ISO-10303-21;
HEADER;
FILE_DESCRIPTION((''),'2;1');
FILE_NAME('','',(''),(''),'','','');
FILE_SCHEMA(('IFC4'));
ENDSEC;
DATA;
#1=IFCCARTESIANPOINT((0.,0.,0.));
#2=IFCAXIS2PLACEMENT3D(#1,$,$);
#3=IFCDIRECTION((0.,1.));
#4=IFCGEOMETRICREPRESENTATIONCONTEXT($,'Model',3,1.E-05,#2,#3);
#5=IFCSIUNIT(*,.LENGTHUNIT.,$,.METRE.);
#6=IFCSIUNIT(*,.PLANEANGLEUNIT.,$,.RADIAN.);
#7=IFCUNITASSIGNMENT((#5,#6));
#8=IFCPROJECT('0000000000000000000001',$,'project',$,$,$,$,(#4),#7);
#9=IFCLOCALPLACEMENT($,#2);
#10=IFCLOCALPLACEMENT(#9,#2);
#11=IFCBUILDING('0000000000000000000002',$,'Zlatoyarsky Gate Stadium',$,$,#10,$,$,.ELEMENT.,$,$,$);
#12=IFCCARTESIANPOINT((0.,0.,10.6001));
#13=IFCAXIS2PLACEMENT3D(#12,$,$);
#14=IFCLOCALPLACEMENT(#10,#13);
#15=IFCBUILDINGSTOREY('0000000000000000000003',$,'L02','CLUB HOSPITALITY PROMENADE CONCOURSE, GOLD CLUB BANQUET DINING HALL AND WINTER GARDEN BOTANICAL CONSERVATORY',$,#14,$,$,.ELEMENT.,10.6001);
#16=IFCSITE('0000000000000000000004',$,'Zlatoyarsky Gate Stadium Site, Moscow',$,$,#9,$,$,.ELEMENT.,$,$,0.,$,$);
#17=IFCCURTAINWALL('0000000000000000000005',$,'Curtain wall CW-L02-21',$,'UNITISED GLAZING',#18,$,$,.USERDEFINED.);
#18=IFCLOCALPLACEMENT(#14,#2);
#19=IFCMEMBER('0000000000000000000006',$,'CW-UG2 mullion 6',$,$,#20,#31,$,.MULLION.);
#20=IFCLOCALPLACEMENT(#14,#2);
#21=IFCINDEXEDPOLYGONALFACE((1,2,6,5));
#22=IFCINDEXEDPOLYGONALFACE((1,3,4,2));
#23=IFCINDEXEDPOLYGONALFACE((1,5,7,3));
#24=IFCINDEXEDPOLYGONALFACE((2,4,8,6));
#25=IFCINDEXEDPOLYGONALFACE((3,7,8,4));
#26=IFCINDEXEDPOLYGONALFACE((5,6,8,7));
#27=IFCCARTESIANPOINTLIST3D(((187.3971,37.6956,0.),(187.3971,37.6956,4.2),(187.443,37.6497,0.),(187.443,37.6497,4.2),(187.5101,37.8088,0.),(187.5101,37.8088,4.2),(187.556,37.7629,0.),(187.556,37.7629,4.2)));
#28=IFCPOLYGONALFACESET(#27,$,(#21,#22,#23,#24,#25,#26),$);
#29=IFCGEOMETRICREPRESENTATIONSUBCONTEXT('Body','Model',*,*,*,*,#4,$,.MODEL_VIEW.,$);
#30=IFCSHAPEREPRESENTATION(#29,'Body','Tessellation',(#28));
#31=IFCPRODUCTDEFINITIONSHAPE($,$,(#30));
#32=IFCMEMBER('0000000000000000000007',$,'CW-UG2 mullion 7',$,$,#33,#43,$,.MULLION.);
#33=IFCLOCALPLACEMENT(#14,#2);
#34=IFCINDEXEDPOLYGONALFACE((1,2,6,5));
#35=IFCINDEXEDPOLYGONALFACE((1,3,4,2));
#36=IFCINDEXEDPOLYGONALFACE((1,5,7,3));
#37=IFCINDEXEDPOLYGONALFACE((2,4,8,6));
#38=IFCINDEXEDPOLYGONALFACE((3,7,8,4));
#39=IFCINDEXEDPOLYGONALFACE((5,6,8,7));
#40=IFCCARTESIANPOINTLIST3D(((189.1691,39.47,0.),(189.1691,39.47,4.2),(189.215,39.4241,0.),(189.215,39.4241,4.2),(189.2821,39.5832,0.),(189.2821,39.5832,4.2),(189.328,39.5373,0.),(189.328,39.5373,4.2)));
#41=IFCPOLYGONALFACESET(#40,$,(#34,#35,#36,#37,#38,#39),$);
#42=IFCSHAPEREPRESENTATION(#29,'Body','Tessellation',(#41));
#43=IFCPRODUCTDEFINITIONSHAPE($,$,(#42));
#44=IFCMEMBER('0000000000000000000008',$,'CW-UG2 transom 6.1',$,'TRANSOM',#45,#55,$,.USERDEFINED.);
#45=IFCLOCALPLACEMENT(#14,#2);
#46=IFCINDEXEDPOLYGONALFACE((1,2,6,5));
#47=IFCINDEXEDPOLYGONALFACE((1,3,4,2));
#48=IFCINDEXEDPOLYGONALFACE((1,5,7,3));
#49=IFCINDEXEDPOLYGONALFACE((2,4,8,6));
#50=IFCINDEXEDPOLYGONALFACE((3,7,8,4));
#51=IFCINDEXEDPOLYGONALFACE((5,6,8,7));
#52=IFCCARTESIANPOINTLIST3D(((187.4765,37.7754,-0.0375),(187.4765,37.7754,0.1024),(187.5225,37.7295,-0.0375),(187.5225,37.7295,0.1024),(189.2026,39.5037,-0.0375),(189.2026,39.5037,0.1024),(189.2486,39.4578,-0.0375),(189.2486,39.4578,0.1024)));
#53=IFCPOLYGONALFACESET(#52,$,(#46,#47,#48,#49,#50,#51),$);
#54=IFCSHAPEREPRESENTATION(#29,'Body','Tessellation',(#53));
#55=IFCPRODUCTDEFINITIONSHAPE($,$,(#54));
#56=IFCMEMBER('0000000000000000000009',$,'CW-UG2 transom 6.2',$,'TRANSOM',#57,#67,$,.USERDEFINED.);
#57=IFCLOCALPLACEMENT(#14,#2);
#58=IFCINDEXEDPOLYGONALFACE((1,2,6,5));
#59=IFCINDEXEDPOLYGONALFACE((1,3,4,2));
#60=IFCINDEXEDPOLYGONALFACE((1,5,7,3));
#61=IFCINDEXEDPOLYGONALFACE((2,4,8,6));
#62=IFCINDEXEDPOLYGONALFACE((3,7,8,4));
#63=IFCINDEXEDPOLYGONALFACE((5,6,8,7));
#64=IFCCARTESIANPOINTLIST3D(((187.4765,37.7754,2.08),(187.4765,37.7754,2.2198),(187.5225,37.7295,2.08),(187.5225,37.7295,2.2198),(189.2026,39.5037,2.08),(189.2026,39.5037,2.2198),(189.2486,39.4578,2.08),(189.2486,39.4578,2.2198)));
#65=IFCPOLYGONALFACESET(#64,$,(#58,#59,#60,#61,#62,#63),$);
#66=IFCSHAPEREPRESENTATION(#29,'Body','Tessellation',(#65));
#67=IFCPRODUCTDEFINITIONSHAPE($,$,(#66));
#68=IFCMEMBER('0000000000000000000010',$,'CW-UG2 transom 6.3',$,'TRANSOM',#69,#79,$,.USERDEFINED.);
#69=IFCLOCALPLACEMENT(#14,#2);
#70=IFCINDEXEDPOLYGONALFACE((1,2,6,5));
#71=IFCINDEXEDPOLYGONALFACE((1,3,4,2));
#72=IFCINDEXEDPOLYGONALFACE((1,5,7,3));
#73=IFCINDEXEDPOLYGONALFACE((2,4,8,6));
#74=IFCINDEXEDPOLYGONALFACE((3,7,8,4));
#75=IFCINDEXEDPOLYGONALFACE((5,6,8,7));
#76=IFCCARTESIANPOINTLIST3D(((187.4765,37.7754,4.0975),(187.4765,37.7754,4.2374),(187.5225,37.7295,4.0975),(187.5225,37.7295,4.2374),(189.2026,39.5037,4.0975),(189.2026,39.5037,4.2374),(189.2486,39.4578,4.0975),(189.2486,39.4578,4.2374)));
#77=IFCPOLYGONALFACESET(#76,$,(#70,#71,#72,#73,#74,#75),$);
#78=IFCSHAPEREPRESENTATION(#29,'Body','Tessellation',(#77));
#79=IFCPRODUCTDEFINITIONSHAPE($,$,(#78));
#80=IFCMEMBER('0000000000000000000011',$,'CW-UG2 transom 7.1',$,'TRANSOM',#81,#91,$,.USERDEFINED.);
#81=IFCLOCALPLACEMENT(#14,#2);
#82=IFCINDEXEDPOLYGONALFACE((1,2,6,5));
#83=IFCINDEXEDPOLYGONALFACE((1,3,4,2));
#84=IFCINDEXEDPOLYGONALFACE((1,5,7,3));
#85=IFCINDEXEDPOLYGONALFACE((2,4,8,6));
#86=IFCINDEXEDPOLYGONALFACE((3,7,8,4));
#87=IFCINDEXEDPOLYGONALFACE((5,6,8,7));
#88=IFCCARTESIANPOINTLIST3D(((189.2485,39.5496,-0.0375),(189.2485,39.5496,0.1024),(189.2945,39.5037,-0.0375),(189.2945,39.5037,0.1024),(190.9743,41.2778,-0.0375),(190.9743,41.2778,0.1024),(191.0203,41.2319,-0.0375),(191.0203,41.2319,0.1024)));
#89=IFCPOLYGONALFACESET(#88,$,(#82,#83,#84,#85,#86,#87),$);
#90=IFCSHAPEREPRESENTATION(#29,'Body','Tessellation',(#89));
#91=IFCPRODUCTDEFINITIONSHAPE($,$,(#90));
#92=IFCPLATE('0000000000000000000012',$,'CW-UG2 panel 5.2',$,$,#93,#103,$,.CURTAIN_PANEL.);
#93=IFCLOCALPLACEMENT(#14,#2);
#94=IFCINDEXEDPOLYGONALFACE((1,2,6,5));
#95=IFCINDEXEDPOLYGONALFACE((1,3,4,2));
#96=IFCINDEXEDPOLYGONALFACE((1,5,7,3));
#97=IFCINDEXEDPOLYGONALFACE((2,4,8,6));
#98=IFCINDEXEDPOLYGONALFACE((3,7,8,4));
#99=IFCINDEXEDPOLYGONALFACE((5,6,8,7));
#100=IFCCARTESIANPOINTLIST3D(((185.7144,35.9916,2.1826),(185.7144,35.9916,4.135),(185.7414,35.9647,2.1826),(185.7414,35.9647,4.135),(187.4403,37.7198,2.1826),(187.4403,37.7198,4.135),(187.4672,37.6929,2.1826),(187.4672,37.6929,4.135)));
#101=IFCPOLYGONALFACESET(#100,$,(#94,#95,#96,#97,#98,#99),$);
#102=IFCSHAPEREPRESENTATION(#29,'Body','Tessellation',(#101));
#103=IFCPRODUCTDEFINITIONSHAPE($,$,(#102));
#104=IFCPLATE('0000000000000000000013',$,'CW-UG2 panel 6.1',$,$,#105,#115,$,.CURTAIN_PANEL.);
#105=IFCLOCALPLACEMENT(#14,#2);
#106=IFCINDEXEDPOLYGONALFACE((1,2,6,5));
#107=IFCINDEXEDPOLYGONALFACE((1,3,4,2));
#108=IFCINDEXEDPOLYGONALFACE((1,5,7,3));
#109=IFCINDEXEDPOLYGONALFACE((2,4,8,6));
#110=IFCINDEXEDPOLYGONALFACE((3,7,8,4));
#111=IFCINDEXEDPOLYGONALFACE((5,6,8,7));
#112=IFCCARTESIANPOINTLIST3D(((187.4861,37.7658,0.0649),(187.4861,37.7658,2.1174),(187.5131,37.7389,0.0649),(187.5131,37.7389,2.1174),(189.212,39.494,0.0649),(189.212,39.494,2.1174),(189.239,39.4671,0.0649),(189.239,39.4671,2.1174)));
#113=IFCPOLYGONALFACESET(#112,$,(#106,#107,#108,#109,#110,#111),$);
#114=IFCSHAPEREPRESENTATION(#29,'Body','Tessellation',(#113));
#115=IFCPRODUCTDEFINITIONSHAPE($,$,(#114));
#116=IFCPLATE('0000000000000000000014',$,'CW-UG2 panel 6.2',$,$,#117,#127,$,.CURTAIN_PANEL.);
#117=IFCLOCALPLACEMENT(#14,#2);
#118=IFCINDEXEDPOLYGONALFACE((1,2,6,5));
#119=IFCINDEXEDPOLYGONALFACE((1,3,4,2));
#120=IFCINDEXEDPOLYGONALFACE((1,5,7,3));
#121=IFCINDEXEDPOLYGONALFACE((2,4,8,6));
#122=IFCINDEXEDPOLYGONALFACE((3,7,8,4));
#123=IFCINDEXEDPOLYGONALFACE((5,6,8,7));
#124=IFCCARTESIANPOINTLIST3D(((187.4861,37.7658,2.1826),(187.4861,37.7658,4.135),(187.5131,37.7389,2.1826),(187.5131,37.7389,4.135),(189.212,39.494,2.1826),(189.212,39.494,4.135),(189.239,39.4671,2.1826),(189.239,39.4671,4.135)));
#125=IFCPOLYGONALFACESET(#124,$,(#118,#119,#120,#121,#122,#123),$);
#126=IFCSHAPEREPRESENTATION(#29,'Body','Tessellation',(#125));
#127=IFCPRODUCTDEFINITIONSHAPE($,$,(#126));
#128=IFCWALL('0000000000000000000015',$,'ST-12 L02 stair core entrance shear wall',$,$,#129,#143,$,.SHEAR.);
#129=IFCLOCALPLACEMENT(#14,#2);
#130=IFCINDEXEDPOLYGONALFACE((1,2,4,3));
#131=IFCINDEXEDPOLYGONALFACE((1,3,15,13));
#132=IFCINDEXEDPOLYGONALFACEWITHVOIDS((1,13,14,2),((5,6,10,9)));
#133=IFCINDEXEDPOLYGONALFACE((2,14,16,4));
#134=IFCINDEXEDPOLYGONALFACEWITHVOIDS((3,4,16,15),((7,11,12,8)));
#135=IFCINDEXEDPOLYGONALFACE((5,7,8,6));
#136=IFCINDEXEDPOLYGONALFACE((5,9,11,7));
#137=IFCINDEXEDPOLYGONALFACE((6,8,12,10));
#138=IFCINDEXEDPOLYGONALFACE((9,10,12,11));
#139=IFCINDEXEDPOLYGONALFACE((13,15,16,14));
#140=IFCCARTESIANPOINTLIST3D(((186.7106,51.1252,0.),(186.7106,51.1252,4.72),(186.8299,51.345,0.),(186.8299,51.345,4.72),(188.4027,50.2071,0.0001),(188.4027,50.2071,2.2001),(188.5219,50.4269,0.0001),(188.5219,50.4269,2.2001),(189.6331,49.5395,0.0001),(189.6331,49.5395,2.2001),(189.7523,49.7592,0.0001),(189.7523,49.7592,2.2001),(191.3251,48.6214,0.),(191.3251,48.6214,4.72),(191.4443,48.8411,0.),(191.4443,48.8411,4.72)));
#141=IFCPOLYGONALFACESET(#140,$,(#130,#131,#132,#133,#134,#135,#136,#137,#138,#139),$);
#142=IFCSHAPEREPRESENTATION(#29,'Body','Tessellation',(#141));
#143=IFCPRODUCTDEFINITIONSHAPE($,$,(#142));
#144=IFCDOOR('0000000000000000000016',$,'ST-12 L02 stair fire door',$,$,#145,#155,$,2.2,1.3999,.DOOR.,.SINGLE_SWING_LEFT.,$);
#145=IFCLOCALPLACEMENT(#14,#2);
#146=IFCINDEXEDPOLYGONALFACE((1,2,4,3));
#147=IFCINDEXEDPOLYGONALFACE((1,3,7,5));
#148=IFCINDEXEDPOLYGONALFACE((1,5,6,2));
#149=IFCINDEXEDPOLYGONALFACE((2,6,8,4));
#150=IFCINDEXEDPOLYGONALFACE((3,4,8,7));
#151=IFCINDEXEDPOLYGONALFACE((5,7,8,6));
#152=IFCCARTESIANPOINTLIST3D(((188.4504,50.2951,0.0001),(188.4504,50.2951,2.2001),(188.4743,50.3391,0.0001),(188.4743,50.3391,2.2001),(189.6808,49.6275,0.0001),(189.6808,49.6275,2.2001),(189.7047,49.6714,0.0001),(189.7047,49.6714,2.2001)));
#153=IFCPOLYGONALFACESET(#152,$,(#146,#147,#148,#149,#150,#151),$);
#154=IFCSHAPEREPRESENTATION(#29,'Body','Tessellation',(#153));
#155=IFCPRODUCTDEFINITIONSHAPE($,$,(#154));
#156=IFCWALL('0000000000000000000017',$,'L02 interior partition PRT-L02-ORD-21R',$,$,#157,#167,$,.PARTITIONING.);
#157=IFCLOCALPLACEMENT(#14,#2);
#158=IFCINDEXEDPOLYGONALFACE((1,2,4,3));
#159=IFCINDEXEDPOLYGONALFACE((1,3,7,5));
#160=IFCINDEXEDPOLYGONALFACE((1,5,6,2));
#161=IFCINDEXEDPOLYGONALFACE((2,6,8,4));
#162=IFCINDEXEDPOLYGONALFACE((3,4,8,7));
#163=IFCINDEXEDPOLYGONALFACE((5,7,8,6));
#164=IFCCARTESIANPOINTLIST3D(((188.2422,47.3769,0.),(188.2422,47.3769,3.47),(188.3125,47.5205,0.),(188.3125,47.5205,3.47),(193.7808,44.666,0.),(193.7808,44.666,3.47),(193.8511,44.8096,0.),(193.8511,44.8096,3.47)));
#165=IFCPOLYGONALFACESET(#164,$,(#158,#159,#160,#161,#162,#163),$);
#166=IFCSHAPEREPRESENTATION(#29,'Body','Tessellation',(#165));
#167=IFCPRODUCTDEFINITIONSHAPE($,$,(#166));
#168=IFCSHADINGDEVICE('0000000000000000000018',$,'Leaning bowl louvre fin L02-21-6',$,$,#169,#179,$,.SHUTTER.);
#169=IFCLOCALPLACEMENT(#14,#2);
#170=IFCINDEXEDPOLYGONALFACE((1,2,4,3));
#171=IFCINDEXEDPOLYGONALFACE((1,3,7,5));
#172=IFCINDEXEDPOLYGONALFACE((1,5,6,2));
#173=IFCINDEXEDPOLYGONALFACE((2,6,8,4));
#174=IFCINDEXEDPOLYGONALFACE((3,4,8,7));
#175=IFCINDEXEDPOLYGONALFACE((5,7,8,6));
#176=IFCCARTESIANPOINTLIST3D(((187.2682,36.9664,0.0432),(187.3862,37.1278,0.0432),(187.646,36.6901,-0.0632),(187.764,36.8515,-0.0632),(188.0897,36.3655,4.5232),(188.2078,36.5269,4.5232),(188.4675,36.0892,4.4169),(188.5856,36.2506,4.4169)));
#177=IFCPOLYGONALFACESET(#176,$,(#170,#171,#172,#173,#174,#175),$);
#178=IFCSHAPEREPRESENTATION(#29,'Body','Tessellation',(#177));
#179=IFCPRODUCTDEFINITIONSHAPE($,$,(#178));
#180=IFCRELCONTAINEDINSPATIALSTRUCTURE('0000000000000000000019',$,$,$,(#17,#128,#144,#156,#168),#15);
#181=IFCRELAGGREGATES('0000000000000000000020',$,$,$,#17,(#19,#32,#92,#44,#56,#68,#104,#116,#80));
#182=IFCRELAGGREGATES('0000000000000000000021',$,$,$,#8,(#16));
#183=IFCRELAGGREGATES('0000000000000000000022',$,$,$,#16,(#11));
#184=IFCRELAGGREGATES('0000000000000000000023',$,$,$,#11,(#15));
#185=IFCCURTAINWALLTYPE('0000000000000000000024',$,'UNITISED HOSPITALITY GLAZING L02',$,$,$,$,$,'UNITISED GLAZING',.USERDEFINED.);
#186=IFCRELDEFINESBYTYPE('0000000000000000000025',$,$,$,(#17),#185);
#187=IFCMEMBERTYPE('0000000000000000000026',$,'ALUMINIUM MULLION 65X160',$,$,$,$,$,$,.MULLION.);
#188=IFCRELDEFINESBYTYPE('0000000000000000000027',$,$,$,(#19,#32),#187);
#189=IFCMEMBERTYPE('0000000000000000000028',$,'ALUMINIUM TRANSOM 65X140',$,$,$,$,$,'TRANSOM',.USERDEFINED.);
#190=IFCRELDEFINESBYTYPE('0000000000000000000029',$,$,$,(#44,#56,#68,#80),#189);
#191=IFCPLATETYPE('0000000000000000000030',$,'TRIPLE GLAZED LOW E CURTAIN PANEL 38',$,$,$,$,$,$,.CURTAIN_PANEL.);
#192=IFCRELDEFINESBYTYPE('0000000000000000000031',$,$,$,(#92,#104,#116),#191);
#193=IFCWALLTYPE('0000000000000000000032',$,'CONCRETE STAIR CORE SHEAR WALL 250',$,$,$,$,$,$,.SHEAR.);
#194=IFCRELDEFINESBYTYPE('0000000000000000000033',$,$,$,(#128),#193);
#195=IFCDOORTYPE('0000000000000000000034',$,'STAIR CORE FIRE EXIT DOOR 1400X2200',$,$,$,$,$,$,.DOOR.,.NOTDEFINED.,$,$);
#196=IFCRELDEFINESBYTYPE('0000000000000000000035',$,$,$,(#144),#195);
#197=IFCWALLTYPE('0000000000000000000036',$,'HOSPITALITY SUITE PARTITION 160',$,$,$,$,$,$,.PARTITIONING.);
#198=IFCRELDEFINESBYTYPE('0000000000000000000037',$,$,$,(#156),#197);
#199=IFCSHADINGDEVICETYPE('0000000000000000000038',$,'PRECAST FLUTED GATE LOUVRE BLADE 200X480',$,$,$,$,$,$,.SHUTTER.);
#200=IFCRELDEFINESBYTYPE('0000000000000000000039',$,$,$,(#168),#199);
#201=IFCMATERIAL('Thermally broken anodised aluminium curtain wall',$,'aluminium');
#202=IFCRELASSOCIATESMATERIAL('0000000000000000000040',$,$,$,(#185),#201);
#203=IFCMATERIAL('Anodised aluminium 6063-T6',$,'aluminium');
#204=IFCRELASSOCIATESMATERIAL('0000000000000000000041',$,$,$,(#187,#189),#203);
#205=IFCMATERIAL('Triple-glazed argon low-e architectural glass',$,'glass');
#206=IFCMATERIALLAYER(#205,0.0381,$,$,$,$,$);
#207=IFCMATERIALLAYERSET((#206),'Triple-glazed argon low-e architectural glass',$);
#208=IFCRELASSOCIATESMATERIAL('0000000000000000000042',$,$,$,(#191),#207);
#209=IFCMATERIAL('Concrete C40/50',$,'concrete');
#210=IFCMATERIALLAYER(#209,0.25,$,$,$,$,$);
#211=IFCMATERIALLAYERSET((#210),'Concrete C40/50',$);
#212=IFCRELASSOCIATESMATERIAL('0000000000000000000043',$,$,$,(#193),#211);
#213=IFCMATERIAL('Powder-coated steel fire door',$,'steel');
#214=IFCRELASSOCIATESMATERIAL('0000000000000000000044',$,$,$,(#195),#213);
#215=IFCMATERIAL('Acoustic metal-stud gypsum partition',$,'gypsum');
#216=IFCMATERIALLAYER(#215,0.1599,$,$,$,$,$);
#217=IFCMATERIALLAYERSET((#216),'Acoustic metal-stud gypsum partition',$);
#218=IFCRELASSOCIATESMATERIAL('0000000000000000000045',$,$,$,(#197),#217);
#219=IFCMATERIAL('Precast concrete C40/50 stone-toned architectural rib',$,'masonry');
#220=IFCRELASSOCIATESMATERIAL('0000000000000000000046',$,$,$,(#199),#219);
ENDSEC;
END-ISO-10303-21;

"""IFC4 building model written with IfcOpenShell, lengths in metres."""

from ifc_helpers import new_model, si_unit, direction, frame, frame_2d, origin, origin_2d, place, context, subcontext, project, spatial, rectangle, extrude, material, layer, layer_set, material_profile, profile_set, type_object, element, fill, aggregate, save


model = new_model("IFC4")

# Units and contexts
model_context = context("Model", 3, precision=1e-05, world=origin(), true_north=direction((0.0, 1.0)))
body_context = subcontext(model_context, "Body", "Model", "MODEL_VIEW")
ifc_project = project(units=[si_unit("LENGTHUNIT", "METRE"), si_unit("PLANEANGLEUNIT", "RADIAN")], contexts=[model_context])

# Site, building, storey
site_placement = place(None, origin())
site = spatial("IfcSite", under=ifc_project, at=site_placement, Name="Zlatoyarsky Gate Stadium Site, Moscow", CompositionType="ELEMENT", RefElevation=0.0)
building_placement = place(site_placement, origin())
building = spatial("IfcBuilding", under=site, at=building_placement, Name="Zlatoyarsky Gate Stadium", CompositionType="ELEMENT")
storey_placement = place(building_placement, frame((0.0, 0.0, 10.6001)))
storey = spatial("IfcBuildingStorey", under=building, at=storey_placement, Name="L02", Description="CLUB HOSPITALITY PROMENADE CONCOURSE, GOLD CLUB BANQUET DINING HALL AND WINTER GARDEN BOTANICAL CONSERVATORY", CompositionType="ELEMENT", Elevation=10.6001)

# Curtain wall, members, plates
ifc_material_1 = material(Name="Thermally broken anodised aluminium curtain wall", Category="aluminium")
curtain_wall_type = type_object("IfcCurtainWallType", Name="UNITISED HOSPITALITY GLAZING L02", ElementType="UNITISED GLAZING", PredefinedType="USERDEFINED", material=ifc_material_1)
curtain_wall_placement = place(storey_placement, origin())
curtain_wall = element("IfcCurtainWall", 1, at=curtain_wall_placement, inside=storey, type_object=curtain_wall_type, Name="Curtain wall CW-L02-21", ObjectType="UNITISED GLAZING", PredefinedType="USERDEFINED")
ifc_material_2 = material(Name="Anodised aluminium 6063-T6", Category="aluminium")
ifc_material_profile_1 = material_profile(ifc_material_2, rectangle(XDim=0.0649, YDim=0.1599, at=origin_2d()), Name="ALU 65X160")
ifc_profile_set_1 = profile_set([ifc_material_profile_1], Name="Anodised aluminium 6063-T6")
member_type_1 = type_object("IfcMemberType", Name="ALUMINIUM MULLION 65X160", PredefinedType="MULLION", material=ifc_profile_set_1)
member_1_placement = place(storey_placement, frame((187.4766, 37.7292, 0.0), z_axis=(0.0, 0.0, 1.0), x_axis=(-0.707585, 0.706628, 0.0)))
member_1 = element("IfcMember", 2, at=member_1_placement, type_object=member_type_1, Name="CW-UG2 mullion 6", PredefinedType="MULLION", context=body_context, shape_type="SweptSolid", body=[
    extrude(rectangle(XDim=0.0649, YDim=0.1599, at=origin_2d()), origin(), (0.0, 0.0, 1.0), 4.2),
])
member_2_placement = place(storey_placement, frame((189.2485, 39.5037, 0.0), z_axis=(0.0, 0.0, 1.0), x_axis=(-0.707585, 0.706628, 0.0)))
member_2 = element("IfcMember", 3, at=member_2_placement, type_object=member_type_1, Name="CW-UG2 mullion 7", PredefinedType="MULLION", context=body_context, shape_type="SweptSolid", body=[
    extrude(rectangle(XDim=0.0649, YDim=0.1599, at=origin_2d()), origin(), (0.0, 0.0, 1.0), 4.2),
])
ifc_material_profile_2 = material_profile(ifc_material_2, rectangle(XDim=0.0649, YDim=0.1399, at=origin_2d()), Name="ALU 65X140")
ifc_profile_set_2 = profile_set([ifc_material_profile_2], Name="Anodised aluminium 6063-T6")
member_type_2 = type_object("IfcMemberType", Name="ALUMINIUM TRANSOM 65X140", ElementType="TRANSOM", PredefinedType="USERDEFINED", material=ifc_profile_set_2)
member_3_placement = place(storey_placement, frame((187.4995, 37.7524, 0.0325), z_axis=(0.706657, 0.707556, 0.0), x_axis=(-0.707556, 0.706657, 0.0)))
member_3 = element("IfcMember", 4, at=member_3_placement, type_object=member_type_2, Name="CW-UG2 transom 6.1", ObjectType="TRANSOM", PredefinedType="USERDEFINED", context=body_context, shape_type="SweptSolid", body=[
    extrude(rectangle(XDim=0.0649, YDim=0.1399, at=origin_2d()), origin(), (0.0, 0.0, 1.0), 2.4426),
])
member_4_placement = place(storey_placement, frame((187.4995, 37.7524, 2.1499), z_axis=(0.706657, 0.707556, 0.0), x_axis=(-0.707556, 0.706657, 0.0)))
member_4 = element("IfcMember", 5, at=member_4_placement, type_object=member_type_2, Name="CW-UG2 transom 6.2", ObjectType="TRANSOM", PredefinedType="USERDEFINED", context=body_context, shape_type="SweptSolid", body=[
    extrude(rectangle(XDim=0.0649, YDim=0.1399, at=origin_2d()), origin(), (0.0, 0.0, 1.0), 2.4426),
])
member_5_placement = place(storey_placement, frame((187.4995, 37.7524, 4.1675), z_axis=(0.706657, 0.707556, 0.0), x_axis=(-0.707556, 0.706657, 0.0)))
member_5 = element("IfcMember", 6, at=member_5_placement, type_object=member_type_2, Name="CW-UG2 transom 6.3", ObjectType="TRANSOM", PredefinedType="USERDEFINED", context=body_context, shape_type="SweptSolid", body=[
    extrude(rectangle(XDim=0.0649, YDim=0.1399, at=origin_2d()), origin(), (0.0, 0.0, 1.0), 2.4426),
])
member_6_placement = place(storey_placement, frame((189.2715, 39.5266, 0.0325), z_axis=(0.706607, 0.707606, 0.0), x_axis=(-0.707606, 0.706607, 0.0)))
member_6 = element("IfcMember", 7, at=member_6_placement, type_object=member_type_2, Name="CW-UG2 transom 7.1", ObjectType="TRANSOM", PredefinedType="USERDEFINED", context=body_context, shape_type="SweptSolid", body=[
    extrude(rectangle(XDim=0.0649, YDim=0.1399, at=origin_2d()), origin(), (0.0, 0.0, 1.0), 2.4424),
])
ifc_material_3 = material(Name="Triple-glazed argon low-e architectural glass", Category="glass")
ifc_layer_1 = layer(ifc_material_3, 0.0381)
ifc_layer_set_1 = layer_set([ifc_layer_1], Name="Triple-glazed argon low-e architectural glass")
plate_type = type_object("IfcPlateType", Name="TRIPLE GLAZED LOW E CURTAIN PANEL 38", PredefinedType="CURTAIN_PANEL", material=ifc_layer_set_1)
plate_1_placement = place(storey_placement, frame((186.5908, 36.8423, 2.1826), z_axis=(0.0, 0.0, 1.0), x_axis=(0.706628, 0.707585, 0.0)))
plate_1 = element("IfcPlate", 8, at=plate_1_placement, type_object=plate_type, Name="CW-UG2 panel 5.2", PredefinedType="CURTAIN_PANEL", context=body_context, shape_type="SweptSolid", body=[
    extrude(rectangle(XDim=2.4424, YDim=0.0381, at=origin_2d()), origin(), (0.0, 0.0, 1.0), 1.9524),
])
plate_2_placement = place(storey_placement, frame((188.3625, 38.6165, 0.0649), z_axis=(0.0, 0.0, 1.0), x_axis=(0.706628, 0.707585, 0.0)))
plate_2 = element("IfcPlate", 9, at=plate_2_placement, type_object=plate_type, Name="CW-UG2 panel 6.1", PredefinedType="CURTAIN_PANEL", context=body_context, shape_type="SweptSolid", body=[
    extrude(rectangle(XDim=2.4424, YDim=0.0381, at=origin_2d()), origin(), (0.0, 0.0, 1.0), 2.0525),
])
plate_3_placement = place(storey_placement, frame((188.3625, 38.6165, 2.1826), z_axis=(0.0, 0.0, 1.0), x_axis=(0.706628, 0.707585, 0.0)))
plate_3 = element("IfcPlate", 10, at=plate_3_placement, type_object=plate_type, Name="CW-UG2 panel 6.2", PredefinedType="CURTAIN_PANEL", context=body_context, shape_type="SweptSolid", body=[
    extrude(rectangle(XDim=2.4424, YDim=0.0381, at=origin_2d()), origin(), (0.0, 0.0, 1.0), 1.9524),
])
aggregate(curtain_wall, [member_1, member_2, plate_1, member_3, member_4, member_5, plate_2, plate_3, member_6])

# Wall, opening, door
ifc_material_4 = material(Name="Concrete C40/50", Category="concrete")
ifc_layer_2 = layer(ifc_material_4, 0.25)
ifc_layer_set_2 = layer_set([ifc_layer_2], Name="Concrete C40/50")
wall_type_1 = type_object("IfcWallType", Name="CONCRETE STAIR CORE SHEAR WALL 250", PredefinedType="SHEAR", material=ifc_layer_set_2)
wall_1_placement = place(storey_placement, frame((186.7703, 51.2351, 0.0), z_axis=(0.0, 0.0, 1.0), x_axis=(0.878942, -0.476929, 0.0)))
wall_1 = element("IfcWall", 11, at=wall_1_placement, inside=storey, type_object=wall_type_1, Name="ST-12 L02 stair core entrance shear wall", PredefinedType="SHEAR", context=body_context, shape_type="SweptSolid", body=[
    extrude(rectangle(XDim=5.25, YDim=0.25, at=frame_2d((2.625, 0.0))), origin(), (0.0, 0.0, 1.0), 4.72),
])
opening_placement = place(wall_1_placement, frame((1.925, 0.0, 0.0)))
opening = element("IfcOpeningElement", 12, at=opening_placement, cuts=wall_1, PredefinedType="OPENING", context=body_context, shape_type="SweptSolid", body=[
    extrude(rectangle(XDim=1.3999, YDim=2.2, at=frame_2d((0.7, 1.1001))), frame((0.0, 0.135, 0.0), z_axis=(0.0, -1.0, 0.0), x_axis=(1.0, 0.0, 0.0)), (0.0, 0.0, 1.0), 0.27),
])
ifc_material_5 = material(Name="Powder-coated steel fire door", Category="steel")
door_type = type_object("IfcDoorType", Name="STAIR CORE FIRE EXIT DOOR 1400X2200", OperationType="NOTDEFINED", PredefinedType="DOOR", material=ifc_material_5)
door_placement = place(opening_placement, frame((1.3999, 0.0, 0.0), z_axis=(0.0, 0.0, 1.0), x_axis=(-1.0, 0.0, 0.0)))
door = element("IfcDoor", 13, at=door_placement, inside=storey, type_object=door_type, Name="ST-12 L02 stair fire door", OperationType="SINGLE_SWING_LEFT", OverallHeight=2.2, OverallWidth=1.3999, PredefinedType="DOOR", context=body_context, shape_type="SweptSolid", body=[
    extrude(rectangle(XDim=1.3999, YDim=2.2, at=frame_2d((0.7, 1.1001))), frame((0.0, 0.0249, 0.0), z_axis=(0.0, -1.0, 0.0), x_axis=(1.0, 0.0, 0.0)), (0.0, 0.0, 1.0), 0.05),
])
fill(opening, door)

# Wall
ifc_material_6 = material(Name="Acoustic metal-stud gypsum partition", Category="gypsum")
ifc_layer_3 = layer(ifc_material_6, 0.1599)
ifc_layer_set_3 = layer_set([ifc_layer_3], Name="Acoustic metal-stud gypsum partition")
wall_type_2 = type_object("IfcWallType", Name="HOSPITALITY SUITE PARTITION 160", PredefinedType="PARTITIONING", material=ifc_layer_set_3)
wall_2_placement = place(storey_placement, frame((188.2773, 47.4487, 0.0), z_axis=(0.0, 0.0, 1.0), x_axis=(0.89818, -0.439628, 0.0)))
element("IfcWall", 14, at=wall_2_placement, inside=storey, type_object=wall_type_2, Name="L02 interior partition PRT-L02-ORD-21R", PredefinedType="PARTITIONING", context=body_context, shape_type="SweptSolid", body=[
    extrude(rectangle(XDim=6.1665, YDim=0.1599, at=frame_2d((3.0833, 0.0))), origin(), (0.0, 0.0, 1.0), 3.47),
])

# Shading device
ifc_material_7 = material(Name="Precast concrete C40/50 stone-toned architectural rib", Category="masonry")
ifc_material_profile_3 = material_profile(ifc_material_7, rectangle(XDim=0.2, YDim=0.48, at=origin_2d()), Name="RIB 200X480")
ifc_profile_set_3 = profile_set([ifc_material_profile_3], Name="Precast concrete C40/50 stone-toned architectural rib")
shading_device_type = type_object("IfcShadingDeviceType", Name="PRECAST FLUTED GATE LOUVRE BLADE 200X480", PredefinedType="SHUTTER", material=ifc_profile_set_3)
shading_device_placement = place(storey_placement, frame((187.5161, 36.9089, -0.01), z_axis=(0.178822, -0.130782, 0.975151), x_axis=(0.590323, 0.807167, 0.0)))
element("IfcShadingDevice", 15, at=shading_device_placement, inside=storey, type_object=shading_device_type, Name="Leaning bowl louvre fin L02-21-6", PredefinedType="SHUTTER", context=body_context, shape_type="SweptSolid", body=[
    extrude(rectangle(XDim=0.2, YDim=0.48, at=origin_2d()), origin(), (0.0, 0.0, 1.0), 4.5942),
])

save(model, "model.ifc")
